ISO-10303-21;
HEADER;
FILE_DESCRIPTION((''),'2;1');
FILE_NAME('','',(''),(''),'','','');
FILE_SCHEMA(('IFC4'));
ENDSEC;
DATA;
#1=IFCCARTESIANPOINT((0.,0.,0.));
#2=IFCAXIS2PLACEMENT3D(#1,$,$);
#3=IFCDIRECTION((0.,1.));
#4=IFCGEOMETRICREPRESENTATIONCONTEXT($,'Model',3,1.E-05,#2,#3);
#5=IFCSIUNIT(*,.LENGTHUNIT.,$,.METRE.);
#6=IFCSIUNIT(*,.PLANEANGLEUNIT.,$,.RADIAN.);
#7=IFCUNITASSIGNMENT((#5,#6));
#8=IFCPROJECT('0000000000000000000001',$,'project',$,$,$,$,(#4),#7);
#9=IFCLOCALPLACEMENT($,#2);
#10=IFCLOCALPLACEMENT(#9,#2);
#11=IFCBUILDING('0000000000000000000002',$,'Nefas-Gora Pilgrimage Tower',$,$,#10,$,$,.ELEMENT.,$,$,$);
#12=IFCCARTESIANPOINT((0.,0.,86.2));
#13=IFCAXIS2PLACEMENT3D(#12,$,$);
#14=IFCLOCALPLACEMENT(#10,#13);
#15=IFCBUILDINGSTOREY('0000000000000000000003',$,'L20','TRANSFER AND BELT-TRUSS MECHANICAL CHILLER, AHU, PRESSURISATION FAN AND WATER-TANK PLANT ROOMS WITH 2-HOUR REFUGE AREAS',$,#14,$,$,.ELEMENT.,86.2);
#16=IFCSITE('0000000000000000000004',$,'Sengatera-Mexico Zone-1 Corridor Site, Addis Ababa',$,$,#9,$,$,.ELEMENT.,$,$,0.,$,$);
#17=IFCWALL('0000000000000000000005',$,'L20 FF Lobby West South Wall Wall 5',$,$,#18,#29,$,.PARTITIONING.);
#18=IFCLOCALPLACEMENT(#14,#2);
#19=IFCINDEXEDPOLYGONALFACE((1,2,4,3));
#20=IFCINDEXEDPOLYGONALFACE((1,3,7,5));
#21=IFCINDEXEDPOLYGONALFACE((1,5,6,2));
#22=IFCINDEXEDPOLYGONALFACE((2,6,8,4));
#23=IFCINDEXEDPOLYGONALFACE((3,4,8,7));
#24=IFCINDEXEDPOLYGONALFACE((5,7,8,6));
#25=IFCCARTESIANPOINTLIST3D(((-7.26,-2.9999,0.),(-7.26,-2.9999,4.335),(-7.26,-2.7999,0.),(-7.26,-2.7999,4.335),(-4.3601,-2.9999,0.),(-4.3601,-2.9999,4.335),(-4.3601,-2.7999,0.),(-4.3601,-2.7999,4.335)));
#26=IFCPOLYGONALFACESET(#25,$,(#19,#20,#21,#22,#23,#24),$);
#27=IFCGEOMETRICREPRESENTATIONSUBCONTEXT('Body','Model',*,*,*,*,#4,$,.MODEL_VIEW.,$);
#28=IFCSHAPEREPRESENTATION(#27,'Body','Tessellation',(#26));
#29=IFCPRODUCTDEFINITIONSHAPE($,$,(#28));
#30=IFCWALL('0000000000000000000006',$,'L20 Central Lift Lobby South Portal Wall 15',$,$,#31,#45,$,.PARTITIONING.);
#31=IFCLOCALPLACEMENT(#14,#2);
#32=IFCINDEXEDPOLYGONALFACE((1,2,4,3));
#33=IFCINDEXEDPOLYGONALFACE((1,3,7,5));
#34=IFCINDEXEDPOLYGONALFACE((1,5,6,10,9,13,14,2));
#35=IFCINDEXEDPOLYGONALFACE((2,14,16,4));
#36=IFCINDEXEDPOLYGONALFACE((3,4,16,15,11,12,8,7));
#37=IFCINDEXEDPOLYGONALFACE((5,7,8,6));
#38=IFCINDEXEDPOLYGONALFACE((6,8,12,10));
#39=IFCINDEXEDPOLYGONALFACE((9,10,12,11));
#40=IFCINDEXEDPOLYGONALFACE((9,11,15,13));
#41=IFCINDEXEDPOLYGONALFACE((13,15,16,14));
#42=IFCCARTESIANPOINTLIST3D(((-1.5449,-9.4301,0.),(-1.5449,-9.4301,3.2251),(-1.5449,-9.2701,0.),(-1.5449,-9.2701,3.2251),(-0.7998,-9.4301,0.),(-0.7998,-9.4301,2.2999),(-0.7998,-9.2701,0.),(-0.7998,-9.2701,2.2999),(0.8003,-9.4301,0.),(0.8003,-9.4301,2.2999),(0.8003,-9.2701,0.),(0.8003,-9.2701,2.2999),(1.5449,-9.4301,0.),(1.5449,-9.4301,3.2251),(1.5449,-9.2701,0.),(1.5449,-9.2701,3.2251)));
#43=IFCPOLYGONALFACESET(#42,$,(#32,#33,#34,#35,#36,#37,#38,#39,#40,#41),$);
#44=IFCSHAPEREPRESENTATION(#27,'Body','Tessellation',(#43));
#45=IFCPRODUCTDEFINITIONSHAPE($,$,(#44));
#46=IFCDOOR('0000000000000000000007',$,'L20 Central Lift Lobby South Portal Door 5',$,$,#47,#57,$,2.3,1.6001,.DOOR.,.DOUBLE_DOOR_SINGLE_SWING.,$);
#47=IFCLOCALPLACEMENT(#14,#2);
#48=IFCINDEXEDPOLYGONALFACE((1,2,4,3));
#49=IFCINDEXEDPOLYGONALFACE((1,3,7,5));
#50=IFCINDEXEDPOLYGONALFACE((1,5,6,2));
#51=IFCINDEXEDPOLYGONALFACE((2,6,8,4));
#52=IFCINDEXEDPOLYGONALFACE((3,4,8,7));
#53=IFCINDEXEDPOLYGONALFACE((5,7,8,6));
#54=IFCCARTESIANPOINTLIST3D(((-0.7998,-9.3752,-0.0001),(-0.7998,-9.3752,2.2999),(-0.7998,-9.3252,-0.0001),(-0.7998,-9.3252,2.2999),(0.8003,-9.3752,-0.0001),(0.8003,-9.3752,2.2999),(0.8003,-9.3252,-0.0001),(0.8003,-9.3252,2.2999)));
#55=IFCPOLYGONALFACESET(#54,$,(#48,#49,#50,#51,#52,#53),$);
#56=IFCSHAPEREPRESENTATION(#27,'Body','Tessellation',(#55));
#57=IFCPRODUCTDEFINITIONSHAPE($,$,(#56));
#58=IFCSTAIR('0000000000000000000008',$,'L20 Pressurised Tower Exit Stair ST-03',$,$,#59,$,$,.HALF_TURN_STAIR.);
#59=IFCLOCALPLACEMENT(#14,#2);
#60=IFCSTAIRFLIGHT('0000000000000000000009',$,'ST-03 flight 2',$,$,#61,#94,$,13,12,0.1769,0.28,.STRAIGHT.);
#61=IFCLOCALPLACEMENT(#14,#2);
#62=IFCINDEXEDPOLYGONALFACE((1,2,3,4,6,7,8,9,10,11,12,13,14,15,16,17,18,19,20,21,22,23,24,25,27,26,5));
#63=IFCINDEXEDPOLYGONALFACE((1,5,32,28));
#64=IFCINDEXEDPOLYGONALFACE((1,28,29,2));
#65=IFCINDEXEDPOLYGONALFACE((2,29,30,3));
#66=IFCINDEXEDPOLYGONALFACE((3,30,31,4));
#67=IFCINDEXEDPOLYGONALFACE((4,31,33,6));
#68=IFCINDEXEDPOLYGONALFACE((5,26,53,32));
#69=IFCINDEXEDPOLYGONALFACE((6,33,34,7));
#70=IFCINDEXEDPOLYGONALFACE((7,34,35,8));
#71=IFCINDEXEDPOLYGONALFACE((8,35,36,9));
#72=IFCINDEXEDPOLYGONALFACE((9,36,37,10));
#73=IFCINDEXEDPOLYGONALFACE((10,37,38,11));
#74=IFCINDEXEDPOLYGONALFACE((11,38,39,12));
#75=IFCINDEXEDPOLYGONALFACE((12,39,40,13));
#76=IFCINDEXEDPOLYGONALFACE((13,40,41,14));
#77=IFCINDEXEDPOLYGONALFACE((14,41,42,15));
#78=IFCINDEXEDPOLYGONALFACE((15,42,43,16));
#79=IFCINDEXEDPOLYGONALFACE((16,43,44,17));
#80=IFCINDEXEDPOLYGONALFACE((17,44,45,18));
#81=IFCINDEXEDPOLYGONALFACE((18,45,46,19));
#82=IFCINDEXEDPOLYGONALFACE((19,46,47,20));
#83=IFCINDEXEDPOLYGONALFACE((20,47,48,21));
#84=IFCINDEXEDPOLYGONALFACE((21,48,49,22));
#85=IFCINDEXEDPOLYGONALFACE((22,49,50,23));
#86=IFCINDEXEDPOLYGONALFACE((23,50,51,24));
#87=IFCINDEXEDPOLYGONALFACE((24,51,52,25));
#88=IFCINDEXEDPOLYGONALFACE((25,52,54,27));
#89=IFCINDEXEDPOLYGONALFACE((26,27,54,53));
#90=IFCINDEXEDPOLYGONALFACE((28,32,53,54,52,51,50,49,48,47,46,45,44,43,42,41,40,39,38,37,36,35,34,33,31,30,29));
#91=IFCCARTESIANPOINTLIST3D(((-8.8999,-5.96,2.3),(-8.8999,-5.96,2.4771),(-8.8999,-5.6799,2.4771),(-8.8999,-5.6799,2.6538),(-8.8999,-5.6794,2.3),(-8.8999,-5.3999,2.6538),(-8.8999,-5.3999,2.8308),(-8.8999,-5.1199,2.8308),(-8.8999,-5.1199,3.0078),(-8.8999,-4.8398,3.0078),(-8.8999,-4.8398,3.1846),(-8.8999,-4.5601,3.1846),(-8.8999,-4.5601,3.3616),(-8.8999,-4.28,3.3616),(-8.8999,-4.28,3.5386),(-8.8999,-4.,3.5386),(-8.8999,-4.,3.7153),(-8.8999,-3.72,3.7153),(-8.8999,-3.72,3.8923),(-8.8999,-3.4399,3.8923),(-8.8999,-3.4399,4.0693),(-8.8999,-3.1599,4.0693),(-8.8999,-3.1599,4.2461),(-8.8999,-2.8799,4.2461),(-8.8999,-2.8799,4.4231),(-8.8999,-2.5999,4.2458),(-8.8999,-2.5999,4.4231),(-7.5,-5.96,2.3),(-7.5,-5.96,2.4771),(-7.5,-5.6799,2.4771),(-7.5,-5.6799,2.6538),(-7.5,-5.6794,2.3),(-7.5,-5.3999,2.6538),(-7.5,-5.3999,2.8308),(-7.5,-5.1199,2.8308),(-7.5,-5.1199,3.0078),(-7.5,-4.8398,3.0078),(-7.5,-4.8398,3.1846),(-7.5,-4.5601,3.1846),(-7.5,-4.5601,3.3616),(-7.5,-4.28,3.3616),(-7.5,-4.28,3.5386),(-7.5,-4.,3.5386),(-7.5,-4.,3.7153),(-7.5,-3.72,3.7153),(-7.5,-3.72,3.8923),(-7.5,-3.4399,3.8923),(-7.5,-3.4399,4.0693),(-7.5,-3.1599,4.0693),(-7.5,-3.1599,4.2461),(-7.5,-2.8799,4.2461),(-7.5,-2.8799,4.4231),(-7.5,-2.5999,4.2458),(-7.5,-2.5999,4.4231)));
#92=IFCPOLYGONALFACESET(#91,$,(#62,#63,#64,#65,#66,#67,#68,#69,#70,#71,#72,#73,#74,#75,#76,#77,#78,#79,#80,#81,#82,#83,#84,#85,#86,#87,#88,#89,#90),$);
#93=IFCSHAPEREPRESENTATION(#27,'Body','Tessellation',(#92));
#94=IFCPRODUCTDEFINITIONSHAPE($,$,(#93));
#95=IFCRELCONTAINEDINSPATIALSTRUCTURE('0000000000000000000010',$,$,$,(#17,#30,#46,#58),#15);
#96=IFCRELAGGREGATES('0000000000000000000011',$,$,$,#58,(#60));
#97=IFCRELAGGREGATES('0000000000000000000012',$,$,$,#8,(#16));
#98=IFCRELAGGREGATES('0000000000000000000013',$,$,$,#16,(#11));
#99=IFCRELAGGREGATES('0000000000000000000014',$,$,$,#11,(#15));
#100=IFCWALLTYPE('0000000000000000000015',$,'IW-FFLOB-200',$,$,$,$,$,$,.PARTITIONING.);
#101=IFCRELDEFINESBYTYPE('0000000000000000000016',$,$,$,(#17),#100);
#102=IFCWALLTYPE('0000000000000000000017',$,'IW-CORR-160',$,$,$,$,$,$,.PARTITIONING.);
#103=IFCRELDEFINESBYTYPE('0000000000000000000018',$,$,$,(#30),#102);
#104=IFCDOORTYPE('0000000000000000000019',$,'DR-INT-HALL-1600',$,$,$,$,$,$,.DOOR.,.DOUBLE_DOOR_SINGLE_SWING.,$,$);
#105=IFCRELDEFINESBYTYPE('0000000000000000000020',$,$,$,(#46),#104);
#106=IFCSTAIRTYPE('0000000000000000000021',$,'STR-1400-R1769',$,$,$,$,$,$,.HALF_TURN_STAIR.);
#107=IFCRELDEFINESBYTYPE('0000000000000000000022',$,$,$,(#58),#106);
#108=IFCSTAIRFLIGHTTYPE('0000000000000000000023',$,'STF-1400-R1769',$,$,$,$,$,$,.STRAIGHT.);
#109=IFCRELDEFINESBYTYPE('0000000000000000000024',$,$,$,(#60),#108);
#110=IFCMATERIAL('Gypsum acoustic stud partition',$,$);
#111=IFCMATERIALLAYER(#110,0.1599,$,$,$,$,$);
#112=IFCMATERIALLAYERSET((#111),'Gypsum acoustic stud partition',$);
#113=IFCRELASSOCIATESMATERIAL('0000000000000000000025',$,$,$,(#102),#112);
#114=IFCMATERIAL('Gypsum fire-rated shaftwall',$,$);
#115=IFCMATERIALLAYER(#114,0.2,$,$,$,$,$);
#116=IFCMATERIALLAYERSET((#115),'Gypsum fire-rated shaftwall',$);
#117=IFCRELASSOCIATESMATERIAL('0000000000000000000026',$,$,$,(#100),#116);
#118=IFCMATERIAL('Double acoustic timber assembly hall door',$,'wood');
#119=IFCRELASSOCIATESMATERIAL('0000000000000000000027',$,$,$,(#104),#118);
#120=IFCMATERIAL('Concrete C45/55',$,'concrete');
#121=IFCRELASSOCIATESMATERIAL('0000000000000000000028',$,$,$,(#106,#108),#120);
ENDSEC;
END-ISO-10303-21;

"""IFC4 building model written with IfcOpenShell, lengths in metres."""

from ifc_helpers import new_model, si_unit, direction, frame, frame_2d, origin, place, context, subcontext, project, spatial, polyline, rectangle, outline, extrude, source, transform, mapped, material, layer, layer_set, type_object, element, fill, aggregate, save


model = new_model("IFC4")

# Units and contexts
model_context = context("Model", 3, precision=1e-05, world=origin(), true_north=direction((0.0, 1.0)))
body_context = subcontext(model_context, "Body", "Model", "MODEL_VIEW")
ifc_project = project(units=[si_unit("LENGTHUNIT", "METRE"), si_unit("PLANEANGLEUNIT", "RADIAN")], contexts=[model_context])

# Site, building, storey
site_placement = place(None, origin())
site = spatial("IfcSite", under=ifc_project, at=site_placement, Name="Sengatera-Mexico Zone-1 Corridor Site, Addis Ababa", CompositionType="ELEMENT", RefElevation=0.0)
building_placement = place(site_placement, origin())
building = spatial("IfcBuilding", under=site, at=building_placement, Name="Nefas-Gora Pilgrimage Tower", CompositionType="ELEMENT")
storey_placement = place(building_placement, frame((0.0, 0.0, 86.2)))
storey = spatial("IfcBuildingStorey", under=building, at=storey_placement, Name="L20", Description="TRANSFER AND BELT-TRUSS MECHANICAL CHILLER, AHU, PRESSURISATION FAN AND WATER-TANK PLANT ROOMS WITH 2-HOUR REFUGE AREAS", CompositionType="ELEMENT", Elevation=86.2)

# Shared definitions
ifc_material_1 = material(Name="Concrete C45/55", Category="concrete")

# Wall
ifc_material_2 = material(Name="Gypsum acoustic stud partition")
ifc_layer_1 = layer(ifc_material_2, 0.1599)
ifc_layer_set_1 = layer_set([ifc_layer_1], Name="Gypsum acoustic stud partition")
wall_type_1 = type_object("IfcWallType", Name="IW-CORR-160", PredefinedType="PARTITIONING", material=ifc_layer_set_1)
ifc_material_3 = material(Name="Gypsum fire-rated shaftwall")
ifc_layer_2 = layer(ifc_material_3, 0.2)
ifc_layer_set_2 = layer_set([ifc_layer_2], Name="Gypsum fire-rated shaftwall")
wall_type_2 = type_object("IfcWallType", Name="IW-FFLOB-200", PredefinedType="PARTITIONING", material=ifc_layer_set_2)
shared_shape_1 = source(origin(), body_context, "Body", "SweptSolid", [
    extrude(rectangle(XDim=2.8999, YDim=0.2, at=frame_2d((1.45, 0.0))), origin(), (0.0, 0.0, 1.0), 4.335),
])
wall_1_placement = place(storey_placement, frame((-7.26, -2.8999, 0.0), z_axis=(0.0, 0.0, 1.0), x_axis=(1.0, 0.0, 0.0)))
element("IfcWall", 1, at=wall_1_placement, inside=storey, type_object=wall_type_2, Name="L20 FF Lobby West South Wall Wall 5", PredefinedType="PARTITIONING", context=body_context, shape_type="MappedRepresentation", body=[
    mapped(shared_shape_1, transform((0.0, 0.0, 0.0), x_axis=(1.0, 0.0, 0.0), y_axis=(0.0, 1.0, 0.0), z_axis=(0.0, 0.0, 1.0), scale=1.0)),
])

# Wall, opening, door
shared_shape_2 = source(origin(), body_context, "Body", "SweptSolid", [
    extrude(rectangle(XDim=3.0898, YDim=0.1599, at=frame_2d((1.5449, 0.0))), origin(), (0.0, 0.0, 1.0), 3.2251),
])
wall_2_placement = place(storey_placement, frame((-1.5449, -9.3501, 0.0), z_axis=(0.0, 0.0, 1.0), x_axis=(1.0, 0.0, 0.0)))
wall_2 = element("IfcWall", 2, at=wall_2_placement, inside=storey, type_object=wall_type_1, Name="L20 Central Lift Lobby South Portal Wall 15", PredefinedType="PARTITIONING", context=body_context, shape_type="MappedRepresentation", body=[
    mapped(shared_shape_2, transform((0.0, 0.0, 0.0), x_axis=(1.0, 0.0, 0.0), y_axis=(0.0, 1.0, 0.0), z_axis=(0.0, 0.0, 1.0), scale=1.0)),
])
opening_1_placement = place(wall_2_placement, frame((0.7451, 0.0, 0.0)))
opening_1 = element("IfcOpeningElement", 3, at=opening_1_placement, cuts=wall_2, PredefinedType="OPENING", context=body_context, shape_type="SweptSolid", body=[
    extrude(rectangle(XDim=1.6001, YDim=2.3, at=frame_2d((0.8, 1.1499))), frame((0.0, 0.0898, 0.0), z_axis=(0.0, -1.0, 0.0), x_axis=(1.0, 0.0, 0.0)), (0.0, 0.0, 1.0), 0.1799),
])
ifc_material_4 = material(Name="Double acoustic timber assembly hall door", Category="wood")
door_type_1 = type_object("IfcDoorType", Name="DR-INT-HALL-1600", OperationType="DOUBLE_DOOR_SINGLE_SWING", PredefinedType="DOOR", material=ifc_material_4)
shared_shape_3 = source(origin(), body_context, "Body", "SweptSolid", [
    extrude(rectangle(XDim=1.6001, YDim=2.3, at=frame_2d((0.8, 1.1499))), frame((0.0, 0.0249, 0.0), z_axis=(0.0, -1.0, 0.0), x_axis=(1.0, 0.0, 0.0)), (0.0, 0.0, 1.0), 0.05),
])
door_1_placement = place(opening_1_placement, origin())
door_1 = element("IfcDoor", 4, at=door_1_placement, inside=storey, type_object=door_type_1, Name="L20 Central Lift Lobby South Portal Door 5", OperationType="DOUBLE_DOOR_SINGLE_SWING", OverallHeight=2.3, OverallWidth=1.6001, PredefinedType="DOOR", context=body_context, shape_type="MappedRepresentation", body=[
    mapped(shared_shape_3, transform((0.0, 0.0, 0.0), x_axis=(1.0, 0.0, 0.0), y_axis=(0.0, 1.0, 0.0), z_axis=(0.0, 0.0, 1.0), scale=1.0)),
])
fill(opening_1, door_1)

# Stair, stair flight
stair_type = type_object("IfcStairType", Name="STR-1400-R1769", PredefinedType="HALF_TURN_STAIR", material=ifc_material_1)
stair_placement = place(storey_placement, origin())
stair = element("IfcStair", 5, at=stair_placement, inside=storey, type_object=stair_type, Name="L20 Pressurised Tower Exit Stair ST-03", PredefinedType="HALF_TURN_STAIR")
stair_flight_type = type_object("IfcStairFlightType", Name="STF-1400-R1769", PredefinedType="STRAIGHT", material=ifc_material_1)
shared_shape_4 = source(origin(), body_context, "Body", "SweptSolid", [
    extrude(outline(polyline([(0.0, 0.0), (0.0, 0.177), (0.28, 0.177), (0.28, 0.3538), (0.5601, 0.3538), (0.5601, 0.5308), (0.8401, 0.5308), (0.8401, 0.7078), (1.1201, 0.7078), (1.1201, 0.8845), (1.3999, 0.8845), (1.3999, 1.0615), (1.6799, 1.0615), (1.6799, 1.2385), (1.96, 1.2385), (1.96, 1.4153), (2.24, 1.4153), (2.24, 1.5923), (2.52, 1.5923), (2.52, 1.7693), (2.8, 1.7693), (2.8, 1.946), (3.0801, 1.946), (3.0801, 2.123), (3.3601, 2.123), (3.3601, 2.3), (3.3601, 1.9458), (0.2805, 0.0), (0.0, 0.0)])), frame((0.0, 0.7, 0.0), z_axis=(0.0, -1.0, 0.0), x_axis=(1.0, 0.0, 0.0)), (0.0, 0.0, 1.0), 1.3999),
])
stair_flight_placement = place(storey_placement, frame((-8.2, -5.96, 2.3), z_axis=(0.0, 0.0, 1.0), x_axis=(0.0, 1.0, 0.0)))
stair_flight = element("IfcStairFlight", 6, at=stair_flight_placement, type_object=stair_flight_type, Name="ST-03 flight 2", NumberOfRisers=13, NumberOfTreads=12, PredefinedType="STRAIGHT", RiserHeight=0.1769, TreadLength=0.28, context=body_context, shape_type="MappedRepresentation", body=[
    mapped(shared_shape_4, transform((0.0, 0.0, 0.0), x_axis=(1.0, 0.0, 0.0), y_axis=(0.0, 1.0, 0.0), z_axis=(0.0, 0.0, 1.0), scale=1.0)),
])
aggregate(stair, [stair_flight])

save(model, "model.ifc")
